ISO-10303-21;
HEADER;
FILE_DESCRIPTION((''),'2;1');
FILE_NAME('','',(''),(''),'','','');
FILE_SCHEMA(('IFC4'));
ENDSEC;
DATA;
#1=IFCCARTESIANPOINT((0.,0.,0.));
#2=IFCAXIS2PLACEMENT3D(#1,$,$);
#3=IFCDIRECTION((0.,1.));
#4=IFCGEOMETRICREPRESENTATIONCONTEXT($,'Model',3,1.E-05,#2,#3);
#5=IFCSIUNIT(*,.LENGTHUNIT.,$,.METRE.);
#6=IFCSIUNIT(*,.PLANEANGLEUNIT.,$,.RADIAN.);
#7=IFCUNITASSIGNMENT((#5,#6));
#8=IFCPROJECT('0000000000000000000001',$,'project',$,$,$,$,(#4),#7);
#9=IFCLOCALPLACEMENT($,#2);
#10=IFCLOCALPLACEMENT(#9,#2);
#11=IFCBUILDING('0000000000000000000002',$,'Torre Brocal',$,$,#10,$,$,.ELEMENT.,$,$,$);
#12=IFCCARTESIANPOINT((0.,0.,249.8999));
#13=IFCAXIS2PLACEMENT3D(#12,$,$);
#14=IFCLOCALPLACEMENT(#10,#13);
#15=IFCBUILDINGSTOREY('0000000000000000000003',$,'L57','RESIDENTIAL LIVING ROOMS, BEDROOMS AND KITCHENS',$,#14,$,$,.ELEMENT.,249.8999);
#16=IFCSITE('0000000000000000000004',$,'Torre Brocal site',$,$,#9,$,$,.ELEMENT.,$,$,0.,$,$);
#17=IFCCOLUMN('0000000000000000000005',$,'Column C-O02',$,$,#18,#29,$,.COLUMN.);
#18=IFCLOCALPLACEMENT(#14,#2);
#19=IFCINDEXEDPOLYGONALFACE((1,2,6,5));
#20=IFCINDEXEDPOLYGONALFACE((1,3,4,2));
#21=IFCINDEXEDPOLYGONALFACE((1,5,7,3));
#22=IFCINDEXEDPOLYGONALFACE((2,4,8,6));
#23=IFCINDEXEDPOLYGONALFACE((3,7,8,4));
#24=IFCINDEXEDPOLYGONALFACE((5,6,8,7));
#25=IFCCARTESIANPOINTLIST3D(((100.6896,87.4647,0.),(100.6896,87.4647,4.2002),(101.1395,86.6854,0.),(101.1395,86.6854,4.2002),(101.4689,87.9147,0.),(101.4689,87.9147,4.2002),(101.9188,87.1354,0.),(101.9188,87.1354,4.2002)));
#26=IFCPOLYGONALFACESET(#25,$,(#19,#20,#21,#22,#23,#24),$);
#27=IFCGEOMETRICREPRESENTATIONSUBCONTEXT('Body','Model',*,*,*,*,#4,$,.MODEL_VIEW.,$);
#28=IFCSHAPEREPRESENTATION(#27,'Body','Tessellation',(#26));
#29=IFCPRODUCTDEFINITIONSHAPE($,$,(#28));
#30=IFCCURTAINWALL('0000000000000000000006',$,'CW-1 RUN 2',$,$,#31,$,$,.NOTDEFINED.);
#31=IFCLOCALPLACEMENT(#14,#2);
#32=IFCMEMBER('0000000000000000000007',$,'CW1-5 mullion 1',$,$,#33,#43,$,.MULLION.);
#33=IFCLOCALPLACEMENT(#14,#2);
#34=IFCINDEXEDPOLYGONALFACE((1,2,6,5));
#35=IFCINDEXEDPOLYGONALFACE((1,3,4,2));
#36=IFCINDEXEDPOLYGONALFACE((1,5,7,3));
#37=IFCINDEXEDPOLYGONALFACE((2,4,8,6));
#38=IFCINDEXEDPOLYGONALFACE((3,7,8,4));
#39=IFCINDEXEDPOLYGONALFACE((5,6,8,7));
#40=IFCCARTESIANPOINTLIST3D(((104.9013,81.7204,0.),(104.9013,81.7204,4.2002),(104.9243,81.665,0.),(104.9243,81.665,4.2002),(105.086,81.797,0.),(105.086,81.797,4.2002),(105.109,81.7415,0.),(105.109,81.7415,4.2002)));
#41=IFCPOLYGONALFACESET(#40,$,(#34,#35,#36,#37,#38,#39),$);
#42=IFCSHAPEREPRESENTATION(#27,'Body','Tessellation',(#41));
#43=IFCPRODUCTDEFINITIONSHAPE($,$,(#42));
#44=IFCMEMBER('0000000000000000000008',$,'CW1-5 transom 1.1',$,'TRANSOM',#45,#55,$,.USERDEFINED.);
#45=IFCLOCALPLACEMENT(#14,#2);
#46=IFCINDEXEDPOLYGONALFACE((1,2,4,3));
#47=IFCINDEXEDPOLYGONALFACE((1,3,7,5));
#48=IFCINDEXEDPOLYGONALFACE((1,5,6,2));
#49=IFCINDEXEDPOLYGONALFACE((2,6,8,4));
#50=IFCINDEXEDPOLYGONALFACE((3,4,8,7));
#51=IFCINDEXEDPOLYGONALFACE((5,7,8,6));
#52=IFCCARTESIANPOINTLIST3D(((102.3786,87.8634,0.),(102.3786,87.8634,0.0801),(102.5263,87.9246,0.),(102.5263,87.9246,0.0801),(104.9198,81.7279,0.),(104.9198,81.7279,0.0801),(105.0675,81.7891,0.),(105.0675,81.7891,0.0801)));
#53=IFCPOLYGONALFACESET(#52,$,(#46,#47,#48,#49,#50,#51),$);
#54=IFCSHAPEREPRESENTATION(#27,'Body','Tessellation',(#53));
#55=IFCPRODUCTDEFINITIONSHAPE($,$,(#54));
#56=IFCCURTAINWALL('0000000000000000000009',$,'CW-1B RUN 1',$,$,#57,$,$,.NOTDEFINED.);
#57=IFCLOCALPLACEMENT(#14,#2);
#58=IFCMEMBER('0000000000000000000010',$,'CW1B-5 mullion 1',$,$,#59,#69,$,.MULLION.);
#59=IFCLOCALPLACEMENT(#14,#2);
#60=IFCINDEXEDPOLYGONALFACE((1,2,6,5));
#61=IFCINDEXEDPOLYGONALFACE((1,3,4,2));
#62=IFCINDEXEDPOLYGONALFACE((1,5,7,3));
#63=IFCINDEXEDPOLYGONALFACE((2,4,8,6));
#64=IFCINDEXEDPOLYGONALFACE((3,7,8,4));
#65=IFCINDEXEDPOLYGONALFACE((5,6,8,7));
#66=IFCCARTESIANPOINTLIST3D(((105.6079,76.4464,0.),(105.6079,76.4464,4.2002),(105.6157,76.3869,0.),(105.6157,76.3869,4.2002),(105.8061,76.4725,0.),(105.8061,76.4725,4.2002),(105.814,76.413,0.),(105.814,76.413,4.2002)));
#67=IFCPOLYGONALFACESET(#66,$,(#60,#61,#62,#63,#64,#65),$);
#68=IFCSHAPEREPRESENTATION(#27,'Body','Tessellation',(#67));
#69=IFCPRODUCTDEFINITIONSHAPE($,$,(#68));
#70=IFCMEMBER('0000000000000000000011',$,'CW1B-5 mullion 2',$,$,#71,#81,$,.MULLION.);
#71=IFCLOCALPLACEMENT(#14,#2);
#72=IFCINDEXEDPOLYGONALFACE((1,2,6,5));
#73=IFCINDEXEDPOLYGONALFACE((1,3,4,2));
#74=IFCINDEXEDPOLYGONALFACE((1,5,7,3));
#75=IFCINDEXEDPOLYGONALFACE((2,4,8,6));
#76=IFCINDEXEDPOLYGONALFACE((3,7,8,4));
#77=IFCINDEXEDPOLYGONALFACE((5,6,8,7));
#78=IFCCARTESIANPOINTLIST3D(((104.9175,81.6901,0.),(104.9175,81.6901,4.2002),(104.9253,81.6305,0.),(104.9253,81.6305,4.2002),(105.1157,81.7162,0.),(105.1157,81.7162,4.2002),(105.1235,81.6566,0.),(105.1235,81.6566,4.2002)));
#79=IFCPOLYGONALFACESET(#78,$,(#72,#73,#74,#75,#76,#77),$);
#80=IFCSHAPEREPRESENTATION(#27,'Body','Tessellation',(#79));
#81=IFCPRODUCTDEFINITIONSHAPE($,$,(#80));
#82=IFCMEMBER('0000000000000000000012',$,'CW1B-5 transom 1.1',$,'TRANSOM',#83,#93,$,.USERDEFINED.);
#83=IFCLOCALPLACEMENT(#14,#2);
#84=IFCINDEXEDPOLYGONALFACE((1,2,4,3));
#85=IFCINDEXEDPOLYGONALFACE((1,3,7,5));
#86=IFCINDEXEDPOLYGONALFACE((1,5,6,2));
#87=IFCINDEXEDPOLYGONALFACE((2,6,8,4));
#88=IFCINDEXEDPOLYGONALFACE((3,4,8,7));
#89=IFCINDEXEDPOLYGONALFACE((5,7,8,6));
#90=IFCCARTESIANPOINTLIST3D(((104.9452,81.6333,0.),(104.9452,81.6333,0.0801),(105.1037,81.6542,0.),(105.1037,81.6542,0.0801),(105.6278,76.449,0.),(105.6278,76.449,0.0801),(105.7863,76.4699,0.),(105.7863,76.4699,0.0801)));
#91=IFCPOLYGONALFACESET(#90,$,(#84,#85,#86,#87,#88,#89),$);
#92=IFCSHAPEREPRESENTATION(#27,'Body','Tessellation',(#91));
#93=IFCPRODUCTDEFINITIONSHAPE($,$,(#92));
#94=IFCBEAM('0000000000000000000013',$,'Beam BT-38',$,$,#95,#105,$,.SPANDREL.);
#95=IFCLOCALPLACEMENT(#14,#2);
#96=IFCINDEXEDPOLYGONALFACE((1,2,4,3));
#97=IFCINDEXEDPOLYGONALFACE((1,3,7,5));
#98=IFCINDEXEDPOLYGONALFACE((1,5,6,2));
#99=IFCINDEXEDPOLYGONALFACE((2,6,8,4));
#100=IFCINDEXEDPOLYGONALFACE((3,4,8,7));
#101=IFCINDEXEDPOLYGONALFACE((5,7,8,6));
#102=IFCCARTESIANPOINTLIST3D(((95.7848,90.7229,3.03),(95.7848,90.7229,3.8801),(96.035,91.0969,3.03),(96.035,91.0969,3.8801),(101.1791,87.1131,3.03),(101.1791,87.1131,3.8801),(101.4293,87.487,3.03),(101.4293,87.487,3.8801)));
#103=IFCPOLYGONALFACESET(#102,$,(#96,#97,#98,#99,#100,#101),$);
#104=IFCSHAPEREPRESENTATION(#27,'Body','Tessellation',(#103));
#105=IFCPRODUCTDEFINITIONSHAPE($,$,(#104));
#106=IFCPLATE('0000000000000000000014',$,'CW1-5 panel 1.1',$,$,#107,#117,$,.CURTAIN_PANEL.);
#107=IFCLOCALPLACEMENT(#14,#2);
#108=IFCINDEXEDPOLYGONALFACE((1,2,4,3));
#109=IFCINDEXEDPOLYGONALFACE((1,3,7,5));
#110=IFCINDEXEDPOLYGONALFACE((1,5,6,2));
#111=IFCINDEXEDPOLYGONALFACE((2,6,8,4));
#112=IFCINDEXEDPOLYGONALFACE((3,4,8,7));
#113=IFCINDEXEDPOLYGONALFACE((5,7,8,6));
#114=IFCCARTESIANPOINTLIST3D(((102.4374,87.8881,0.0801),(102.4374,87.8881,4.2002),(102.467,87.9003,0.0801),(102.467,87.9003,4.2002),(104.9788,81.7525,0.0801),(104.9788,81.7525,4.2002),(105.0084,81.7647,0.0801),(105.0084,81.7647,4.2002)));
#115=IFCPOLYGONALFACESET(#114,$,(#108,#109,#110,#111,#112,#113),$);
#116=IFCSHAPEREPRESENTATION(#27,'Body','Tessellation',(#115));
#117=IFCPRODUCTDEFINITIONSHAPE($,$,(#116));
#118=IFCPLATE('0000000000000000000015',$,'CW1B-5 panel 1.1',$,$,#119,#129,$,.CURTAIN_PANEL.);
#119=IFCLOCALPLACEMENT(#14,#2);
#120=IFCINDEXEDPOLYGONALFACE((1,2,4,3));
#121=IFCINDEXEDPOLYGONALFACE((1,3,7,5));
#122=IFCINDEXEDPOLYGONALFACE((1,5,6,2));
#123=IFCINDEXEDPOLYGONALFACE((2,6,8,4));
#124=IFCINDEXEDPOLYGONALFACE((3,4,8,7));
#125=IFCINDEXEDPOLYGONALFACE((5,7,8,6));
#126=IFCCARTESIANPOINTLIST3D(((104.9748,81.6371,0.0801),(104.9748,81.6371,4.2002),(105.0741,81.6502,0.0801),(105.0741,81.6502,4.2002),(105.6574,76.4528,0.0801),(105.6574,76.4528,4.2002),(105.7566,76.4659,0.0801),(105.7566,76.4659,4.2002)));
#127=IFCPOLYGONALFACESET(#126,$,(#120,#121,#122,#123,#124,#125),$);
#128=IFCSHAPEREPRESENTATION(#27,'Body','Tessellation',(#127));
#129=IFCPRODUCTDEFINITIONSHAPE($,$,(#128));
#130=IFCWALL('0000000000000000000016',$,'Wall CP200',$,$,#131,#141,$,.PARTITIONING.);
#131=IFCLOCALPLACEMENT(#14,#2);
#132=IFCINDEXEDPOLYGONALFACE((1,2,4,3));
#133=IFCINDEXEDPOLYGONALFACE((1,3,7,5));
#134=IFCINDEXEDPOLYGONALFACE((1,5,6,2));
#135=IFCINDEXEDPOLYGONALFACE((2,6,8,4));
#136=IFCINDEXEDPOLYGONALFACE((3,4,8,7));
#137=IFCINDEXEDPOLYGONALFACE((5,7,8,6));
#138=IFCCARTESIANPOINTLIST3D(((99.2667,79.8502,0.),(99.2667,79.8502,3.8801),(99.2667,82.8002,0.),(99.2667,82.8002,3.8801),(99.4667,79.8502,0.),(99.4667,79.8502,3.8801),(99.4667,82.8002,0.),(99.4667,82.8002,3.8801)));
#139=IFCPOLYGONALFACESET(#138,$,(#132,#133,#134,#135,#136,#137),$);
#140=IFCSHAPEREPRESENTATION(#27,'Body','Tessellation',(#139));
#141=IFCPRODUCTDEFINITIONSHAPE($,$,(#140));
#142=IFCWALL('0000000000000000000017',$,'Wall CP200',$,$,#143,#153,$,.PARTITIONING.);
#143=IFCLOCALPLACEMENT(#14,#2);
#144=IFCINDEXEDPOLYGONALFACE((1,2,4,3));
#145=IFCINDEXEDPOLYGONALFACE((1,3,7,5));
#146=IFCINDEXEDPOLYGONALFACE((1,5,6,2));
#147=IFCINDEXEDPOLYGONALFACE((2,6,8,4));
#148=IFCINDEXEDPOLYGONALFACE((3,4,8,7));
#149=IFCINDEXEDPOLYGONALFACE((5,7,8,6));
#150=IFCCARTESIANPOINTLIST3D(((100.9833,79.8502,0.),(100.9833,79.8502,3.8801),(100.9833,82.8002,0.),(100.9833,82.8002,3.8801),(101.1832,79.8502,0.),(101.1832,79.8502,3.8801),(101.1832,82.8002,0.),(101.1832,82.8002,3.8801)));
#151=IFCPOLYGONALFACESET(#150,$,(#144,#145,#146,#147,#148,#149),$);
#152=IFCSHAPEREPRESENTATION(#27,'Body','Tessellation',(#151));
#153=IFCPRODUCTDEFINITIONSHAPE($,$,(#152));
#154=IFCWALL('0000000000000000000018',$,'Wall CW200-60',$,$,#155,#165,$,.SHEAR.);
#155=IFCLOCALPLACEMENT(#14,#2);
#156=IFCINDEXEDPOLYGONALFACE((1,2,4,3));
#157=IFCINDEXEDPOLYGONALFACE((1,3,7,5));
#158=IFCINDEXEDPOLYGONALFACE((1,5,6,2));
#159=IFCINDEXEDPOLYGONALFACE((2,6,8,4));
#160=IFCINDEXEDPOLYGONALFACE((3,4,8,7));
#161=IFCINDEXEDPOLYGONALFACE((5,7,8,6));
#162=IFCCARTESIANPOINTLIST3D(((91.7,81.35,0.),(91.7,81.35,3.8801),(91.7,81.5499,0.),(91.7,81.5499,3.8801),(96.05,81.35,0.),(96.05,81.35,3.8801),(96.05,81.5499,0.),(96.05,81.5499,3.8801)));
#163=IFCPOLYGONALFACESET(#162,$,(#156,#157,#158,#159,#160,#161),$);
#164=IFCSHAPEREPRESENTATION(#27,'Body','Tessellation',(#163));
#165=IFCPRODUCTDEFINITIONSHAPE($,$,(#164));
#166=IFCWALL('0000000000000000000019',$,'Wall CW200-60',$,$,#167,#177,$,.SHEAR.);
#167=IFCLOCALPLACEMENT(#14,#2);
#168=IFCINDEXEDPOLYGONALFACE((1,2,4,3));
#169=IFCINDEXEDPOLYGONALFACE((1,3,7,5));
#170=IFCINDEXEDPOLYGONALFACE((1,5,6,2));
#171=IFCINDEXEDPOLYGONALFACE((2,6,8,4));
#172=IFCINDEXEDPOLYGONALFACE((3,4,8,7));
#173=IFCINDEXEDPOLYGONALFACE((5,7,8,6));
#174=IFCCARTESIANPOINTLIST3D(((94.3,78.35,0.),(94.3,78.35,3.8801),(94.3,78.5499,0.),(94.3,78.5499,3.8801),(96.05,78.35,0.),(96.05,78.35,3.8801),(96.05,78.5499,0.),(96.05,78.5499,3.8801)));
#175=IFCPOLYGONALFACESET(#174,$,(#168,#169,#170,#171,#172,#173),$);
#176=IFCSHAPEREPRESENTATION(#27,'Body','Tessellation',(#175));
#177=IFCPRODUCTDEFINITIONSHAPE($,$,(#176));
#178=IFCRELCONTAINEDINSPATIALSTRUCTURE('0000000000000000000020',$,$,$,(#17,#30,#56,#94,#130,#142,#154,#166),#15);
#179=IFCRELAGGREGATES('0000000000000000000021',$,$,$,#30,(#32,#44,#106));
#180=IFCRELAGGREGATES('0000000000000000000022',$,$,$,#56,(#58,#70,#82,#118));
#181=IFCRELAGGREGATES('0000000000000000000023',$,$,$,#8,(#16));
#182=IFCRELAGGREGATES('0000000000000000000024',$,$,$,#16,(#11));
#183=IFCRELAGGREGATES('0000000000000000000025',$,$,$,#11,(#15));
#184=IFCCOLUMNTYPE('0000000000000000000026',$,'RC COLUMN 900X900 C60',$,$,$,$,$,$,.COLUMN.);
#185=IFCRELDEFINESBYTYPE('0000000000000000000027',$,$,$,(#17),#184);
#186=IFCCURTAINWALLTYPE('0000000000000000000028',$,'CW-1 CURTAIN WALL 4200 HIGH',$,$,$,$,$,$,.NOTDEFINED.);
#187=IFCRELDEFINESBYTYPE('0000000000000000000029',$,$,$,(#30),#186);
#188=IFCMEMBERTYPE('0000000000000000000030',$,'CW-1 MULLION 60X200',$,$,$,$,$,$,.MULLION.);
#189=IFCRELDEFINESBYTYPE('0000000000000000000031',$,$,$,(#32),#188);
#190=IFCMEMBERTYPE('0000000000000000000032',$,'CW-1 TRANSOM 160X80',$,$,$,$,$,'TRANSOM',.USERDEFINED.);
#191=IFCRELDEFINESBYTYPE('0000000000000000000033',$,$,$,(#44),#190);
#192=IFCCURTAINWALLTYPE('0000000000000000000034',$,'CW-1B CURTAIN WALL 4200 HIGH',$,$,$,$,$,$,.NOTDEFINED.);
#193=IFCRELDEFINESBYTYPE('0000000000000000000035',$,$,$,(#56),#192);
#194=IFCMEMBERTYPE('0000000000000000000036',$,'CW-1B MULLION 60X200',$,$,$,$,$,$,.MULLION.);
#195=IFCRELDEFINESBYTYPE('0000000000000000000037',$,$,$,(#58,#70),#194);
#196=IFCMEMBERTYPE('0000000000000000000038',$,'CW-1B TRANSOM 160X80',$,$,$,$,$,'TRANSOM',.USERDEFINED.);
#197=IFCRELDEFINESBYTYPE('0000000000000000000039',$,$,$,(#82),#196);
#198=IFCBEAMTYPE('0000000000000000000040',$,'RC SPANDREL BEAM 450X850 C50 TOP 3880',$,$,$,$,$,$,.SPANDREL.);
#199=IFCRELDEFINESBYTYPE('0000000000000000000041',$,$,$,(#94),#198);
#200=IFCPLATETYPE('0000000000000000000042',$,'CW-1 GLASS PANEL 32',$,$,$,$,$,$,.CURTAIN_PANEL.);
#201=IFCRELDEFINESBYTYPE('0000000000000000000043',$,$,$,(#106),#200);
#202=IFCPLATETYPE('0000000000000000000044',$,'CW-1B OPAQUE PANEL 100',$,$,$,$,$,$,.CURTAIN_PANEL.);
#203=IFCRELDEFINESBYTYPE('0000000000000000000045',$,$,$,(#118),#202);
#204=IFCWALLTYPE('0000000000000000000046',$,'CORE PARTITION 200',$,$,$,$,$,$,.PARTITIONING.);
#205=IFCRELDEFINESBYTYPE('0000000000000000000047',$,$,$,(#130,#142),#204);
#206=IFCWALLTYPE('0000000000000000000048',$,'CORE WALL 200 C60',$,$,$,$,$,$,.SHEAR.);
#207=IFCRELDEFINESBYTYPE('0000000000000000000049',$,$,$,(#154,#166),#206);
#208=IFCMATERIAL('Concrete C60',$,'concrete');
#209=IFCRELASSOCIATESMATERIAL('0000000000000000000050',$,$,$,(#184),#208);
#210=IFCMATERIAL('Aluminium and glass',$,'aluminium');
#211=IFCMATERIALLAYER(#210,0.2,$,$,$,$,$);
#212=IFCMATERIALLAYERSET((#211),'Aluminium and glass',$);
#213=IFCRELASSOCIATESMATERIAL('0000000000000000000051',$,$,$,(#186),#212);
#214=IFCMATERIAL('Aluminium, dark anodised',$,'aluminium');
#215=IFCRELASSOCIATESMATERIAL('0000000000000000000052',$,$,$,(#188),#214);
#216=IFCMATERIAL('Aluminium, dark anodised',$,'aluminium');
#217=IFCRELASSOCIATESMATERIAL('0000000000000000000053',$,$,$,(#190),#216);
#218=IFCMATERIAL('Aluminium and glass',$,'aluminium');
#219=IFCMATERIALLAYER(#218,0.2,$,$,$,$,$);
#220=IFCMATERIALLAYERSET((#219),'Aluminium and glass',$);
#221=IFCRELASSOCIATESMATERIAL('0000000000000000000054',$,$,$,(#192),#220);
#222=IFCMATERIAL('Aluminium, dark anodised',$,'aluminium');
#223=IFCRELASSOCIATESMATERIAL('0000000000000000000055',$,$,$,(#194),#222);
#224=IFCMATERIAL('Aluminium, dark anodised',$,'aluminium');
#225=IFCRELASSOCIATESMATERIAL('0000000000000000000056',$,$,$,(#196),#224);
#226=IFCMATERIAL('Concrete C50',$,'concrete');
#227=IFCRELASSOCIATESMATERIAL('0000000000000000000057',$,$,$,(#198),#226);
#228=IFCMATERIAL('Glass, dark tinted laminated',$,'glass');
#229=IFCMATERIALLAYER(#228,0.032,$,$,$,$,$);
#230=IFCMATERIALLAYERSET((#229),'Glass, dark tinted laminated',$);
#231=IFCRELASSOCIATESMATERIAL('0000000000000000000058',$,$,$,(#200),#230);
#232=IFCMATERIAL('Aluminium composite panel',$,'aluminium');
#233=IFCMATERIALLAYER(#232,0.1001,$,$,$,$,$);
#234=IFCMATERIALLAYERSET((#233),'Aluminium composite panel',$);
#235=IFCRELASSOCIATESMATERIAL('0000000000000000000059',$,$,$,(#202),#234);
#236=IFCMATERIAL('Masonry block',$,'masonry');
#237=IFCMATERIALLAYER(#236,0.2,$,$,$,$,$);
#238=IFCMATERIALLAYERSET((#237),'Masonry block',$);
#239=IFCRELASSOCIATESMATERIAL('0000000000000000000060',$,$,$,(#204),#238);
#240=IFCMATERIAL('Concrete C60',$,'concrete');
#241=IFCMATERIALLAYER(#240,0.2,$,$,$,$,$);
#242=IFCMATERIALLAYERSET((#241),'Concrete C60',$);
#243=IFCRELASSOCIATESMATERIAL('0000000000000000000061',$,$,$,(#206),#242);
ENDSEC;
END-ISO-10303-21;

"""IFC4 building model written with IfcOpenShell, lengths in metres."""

from ifc_helpers import new_model, si_unit, direction, frame, frame_2d, origin, origin_2d, place, context, subcontext, project, spatial, rectangle, extrude, material, layer, layer_set, material_profile, profile_set, type_object, element, aggregate, save


model = new_model("IFC4")

# Units and contexts
model_context = context("Model", 3, precision=1e-05, world=origin(), true_north=direction((0.0, 1.0)))
body_context = subcontext(model_context, "Body", "Model", "MODEL_VIEW")
ifc_project = project(units=[si_unit("LENGTHUNIT", "METRE"), si_unit("PLANEANGLEUNIT", "RADIAN")], contexts=[model_context])

# Site, building, storey
site_placement = place(None, origin())
site = spatial("IfcSite", under=ifc_project, at=site_placement, Name="Torre Brocal site", CompositionType="ELEMENT", RefElevation=0.0)
building_placement = place(site_placement, origin())
building = spatial("IfcBuilding", under=site, at=building_placement, Name="Torre Brocal", CompositionType="ELEMENT")
storey_placement = place(building_placement, frame((0.0, 0.0, 249.8999)))
storey = spatial("IfcBuildingStorey", under=building, at=storey_placement, Name="L57", Description="RESIDENTIAL LIVING ROOMS, BEDROOMS AND KITCHENS", CompositionType="ELEMENT", Elevation=249.8999)

# Column
ifc_material_1 = material(Name="Concrete C60", Category="concrete")
ifc_material_profile_1 = material_profile(ifc_material_1, rectangle(XDim=0.8999, YDim=0.8999, at=origin_2d()), Name="RC 900X900")
ifc_profile_set_1 = profile_set([ifc_material_profile_1], Name="Concrete C60")
column_type = type_object("IfcColumnType", Name="RC COLUMN 900X900 C60", PredefinedType="COLUMN", material=ifc_profile_set_1)
column_placement = place(storey_placement, frame((101.3042, 87.3, 0.0), z_axis=(0.0, 0.0, 1.0), x_axis=(0.866025, 0.5, 0.0)))
element("IfcColumn", 1, at=column_placement, inside=storey, type_object=column_type, Name="Column C-O02", PredefinedType="COLUMN", context=body_context, shape_type="SweptSolid", body=[
    extrude(rectangle(XDim=0.8999, YDim=0.8999, at=origin_2d()), origin(), (0.0, 0.0, 1.0), 4.2002),
])

# Curtain walls, members
ifc_material_2 = material(Name="Aluminium and glass", Category="aluminium")
ifc_layer_1 = layer(ifc_material_2, 0.2)
ifc_layer_set_1 = layer_set([ifc_layer_1], Name="Aluminium and glass")
curtain_wall_type_1 = type_object("IfcCurtainWallType", Name="CW-1 CURTAIN WALL 4200 HIGH", PredefinedType="NOTDEFINED", material=ifc_layer_set_1)
curtain_wall_1_placement = place(storey_placement, origin())
curtain_wall_1 = element("IfcCurtainWall", 2, at=curtain_wall_1_placement, inside=storey, type_object=curtain_wall_type_1, Name="CW-1 RUN 2", PredefinedType="NOTDEFINED")
ifc_material_3 = material(Name="Aluminium, dark anodised", Category="aluminium")
ifc_material_profile_2 = material_profile(ifc_material_3, rectangle(XDim=0.2, YDim=0.0601, at=origin_2d()), Name="CW-1 MULLION 60X200")
ifc_profile_set_2 = profile_set([ifc_material_profile_2], Name="Aluminium, dark anodised")
member_type_1 = type_object("IfcMemberType", Name="CW-1 MULLION 60X200", PredefinedType="MULLION", material=ifc_profile_set_2)
member_1_placement = place(storey_placement, frame((105.0051, 81.731, 0.0), z_axis=(0.0, 0.0, 1.0), x_axis=(-0.92388, -0.382683, 0.0)))
member_1 = element("IfcMember", 3, at=member_1_placement, type_object=member_type_1, Name="CW1-5 mullion 1", PredefinedType="MULLION", context=body_context, shape_type="SweptSolid", body=[
    extrude(rectangle(XDim=0.2, YDim=0.0601, at=origin_2d()), origin(), (0.0, 0.0, 1.0), 4.2002),
])
ifc_material_4 = material(Name="Aluminium, dark anodised", Category="aluminium")
ifc_material_profile_3 = material_profile(ifc_material_4, rectangle(XDim=0.1599, YDim=0.0801, at=origin_2d()), Name="CW-1 TRANSOM 160X80")
ifc_profile_set_3 = profile_set([ifc_material_profile_3], Name="Aluminium, dark anodised")
member_type_2 = type_object("IfcMemberType", Name="CW-1 TRANSOM 160X80", ElementType="TRANSOM", PredefinedType="USERDEFINED", material=ifc_profile_set_3)
member_2_placement = place(storey_placement, frame((104.9937, 81.7585, 0.04), z_axis=(-0.382665, 0.923887, 0.0), x_axis=(-0.923887, -0.382665, 0.0)))
member_2 = element("IfcMember", 4, at=member_2_placement, type_object=member_type_2, Name="CW1-5 transom 1.1", ObjectType="TRANSOM", PredefinedType="USERDEFINED", context=body_context, shape_type="SweptSolid", body=[
    extrude(rectangle(XDim=0.1599, YDim=0.0801, at=origin_2d()), origin(), (0.0, 0.0, 1.0), 6.6409),
])
ifc_material_5 = material(Name="Aluminium and glass", Category="aluminium")
ifc_layer_2 = layer(ifc_material_5, 0.2)
ifc_layer_set_2 = layer_set([ifc_layer_2], Name="Aluminium and glass")
curtain_wall_type_2 = type_object("IfcCurtainWallType", Name="CW-1B CURTAIN WALL 4200 HIGH", PredefinedType="NOTDEFINED", material=ifc_layer_set_2)
curtain_wall_2_placement = place(storey_placement, origin())
curtain_wall_2 = element("IfcCurtainWall", 5, at=curtain_wall_2_placement, inside=storey, type_object=curtain_wall_type_2, Name="CW-1B RUN 1", PredefinedType="NOTDEFINED")
ifc_material_6 = material(Name="Aluminium, dark anodised", Category="aluminium")
ifc_material_profile_4 = material_profile(ifc_material_6, rectangle(XDim=0.2, YDim=0.0601, at=origin_2d()), Name="CW-1B MULLION 60X200")
ifc_profile_set_4 = profile_set([ifc_material_profile_4], Name="Aluminium, dark anodised")
member_type_3 = type_object("IfcMemberType", Name="CW-1B MULLION 60X200", PredefinedType="MULLION", material=ifc_profile_set_4)
member_3_placement = place(storey_placement, frame((105.7109, 76.4297, 0.0), z_axis=(0.0, 0.0, 1.0), x_axis=(-0.991445, -0.130526, 0.0)))
member_3 = element("IfcMember", 6, at=member_3_placement, type_object=member_type_3, Name="CW1B-5 mullion 1", PredefinedType="MULLION", context=body_context, shape_type="SweptSolid", body=[
    extrude(rectangle(XDim=0.2, YDim=0.0601, at=origin_2d()), origin(), (0.0, 0.0, 1.0), 4.2002),
])
member_4_placement = place(storey_placement, frame((105.0205, 81.6733, 0.0), z_axis=(0.0, 0.0, 1.0), x_axis=(-0.991445, -0.130526, 0.0)))
member_4 = element("IfcMember", 7, at=member_4_placement, type_object=member_type_3, Name="CW1B-5 mullion 2", PredefinedType="MULLION", context=body_context, shape_type="SweptSolid", body=[
    extrude(rectangle(XDim=0.2, YDim=0.0601, at=origin_2d()), origin(), (0.0, 0.0, 1.0), 4.2002),
])
ifc_material_7 = material(Name="Aluminium, dark anodised", Category="aluminium")
ifc_material_profile_5 = material_profile(ifc_material_7, rectangle(XDim=0.1599, YDim=0.0801, at=origin_2d()), Name="CW-1B TRANSOM 160X80")
ifc_profile_set_5 = profile_set([ifc_material_profile_5], Name="Aluminium, dark anodised")
member_type_4 = type_object("IfcMemberType", Name="CW-1B TRANSOM 160X80", ElementType="TRANSOM", PredefinedType="USERDEFINED", material=ifc_profile_set_5)
member_5_placement = place(storey_placement, frame((105.707, 76.4595, 0.04), z_axis=(-0.130543, 0.991443, 0.0), x_axis=(-0.991443, -0.130543, 0.0)))
member_5 = element("IfcMember", 8, at=member_5_placement, type_object=member_type_4, Name="CW1B-5 transom 1.1", ObjectType="TRANSOM", PredefinedType="USERDEFINED", context=body_context, shape_type="SweptSolid", body=[
    extrude(rectangle(XDim=0.1599, YDim=0.0801, at=origin_2d()), origin(), (0.0, 0.0, 1.0), 5.229),
])

# Beam
ifc_material_8 = material(Name="Concrete C50", Category="concrete")
ifc_material_profile_6 = material_profile(ifc_material_8, rectangle(XDim=0.45, YDim=0.8501, at=origin_2d()), Name="RC 450X850")
ifc_profile_set_6 = profile_set([ifc_material_profile_6], Name="Concrete C50")
beam_type = type_object("IfcBeamType", Name="RC SPANDREL BEAM 450X850 C50 TOP 3880", PredefinedType="SPANDREL", material=ifc_profile_set_6)
beam_placement = place(storey_placement, frame((101.3042, 87.3, 3.4551), z_axis=(-0.831077, 0.556158, 0.0), x_axis=(-0.556158, -0.831077, 0.0)))
element("IfcBeam", 9, at=beam_placement, inside=storey, type_object=beam_type, Name="Beam BT-38", PredefinedType="SPANDREL", context=body_context, shape_type="SweptSolid", body=[
    extrude(rectangle(XDim=0.45, YDim=0.8501, at=origin_2d()), origin(), (0.0, 0.0, 1.0), 6.4907),
])

# Plates
ifc_material_9 = material(Name="Glass, dark tinted laminated", Category="glass")
ifc_layer_3 = layer(ifc_material_9, 0.032)
ifc_layer_set_3 = layer_set([ifc_layer_3], Name="Glass, dark tinted laminated")
plate_type_1 = type_object("IfcPlateType", Name="CW-1 GLASS PANEL 32", PredefinedType="CURTAIN_PANEL", material=ifc_layer_set_3)
plate_1_placement = place(storey_placement, frame((103.7229, 84.8264, 0.0801), z_axis=(0.0, 0.0, 1.0), x_axis=(-0.382683, 0.92388, 0.0)))
plate_1 = element("IfcPlate", 10, at=plate_1_placement, type_object=plate_type_1, Name="CW1-5 panel 1.1", PredefinedType="CURTAIN_PANEL", context=body_context, shape_type="SweptSolid", body=[
    extrude(rectangle(XDim=6.6411, YDim=0.032, at=origin_2d()), origin(), (0.0, 0.0, 1.0), 4.1201),
])
aggregate(curtain_wall_1, [member_1, member_2, plate_1])
ifc_material_10 = material(Name="Aluminium composite panel", Category="aluminium")
ifc_layer_4 = layer(ifc_material_10, 0.1001)
ifc_layer_set_4 = layer_set([ifc_layer_4], Name="Aluminium composite panel")
plate_type_2 = type_object("IfcPlateType", Name="CW-1B OPAQUE PANEL 100", PredefinedType="CURTAIN_PANEL", material=ifc_layer_set_4)
plate_2_placement = place(storey_placement, frame((105.3657, 79.0515, 0.0801), z_axis=(0.0, 0.0, 1.0), x_axis=(-0.130526, 0.991445, 0.0)))
plate_2 = element("IfcPlate", 11, at=plate_2_placement, type_object=plate_type_2, Name="CW1B-5 panel 1.1", PredefinedType="CURTAIN_PANEL", context=body_context, shape_type="SweptSolid", body=[
    extrude(rectangle(XDim=5.229, YDim=0.1001, at=origin_2d()), origin(), (0.0, 0.0, 1.0), 4.1201),
])
aggregate(curtain_wall_2, [member_3, member_4, member_5, plate_2])

# Walls
ifc_material_11 = material(Name="Masonry block", Category="masonry")
ifc_layer_5 = layer(ifc_material_11, 0.2)
ifc_layer_set_5 = layer_set([ifc_layer_5], Name="Masonry block")
wall_type_1 = type_object("IfcWallType", Name="CORE PARTITION 200", PredefinedType="PARTITIONING", material=ifc_layer_set_5)
for number, where, z_axis, x_axis, name in (
    (12, (99.3667, 79.8501, 0.0), (0.0, 0.0, 1.0), (0.0, 1.0, 0.0), "Wall CP200"),
    (13, (101.0833, 79.8501, 0.0), (0.0, 0.0, 1.0), (0.0, 1.0, 0.0), "Wall CP200"),
):
    element("IfcWall", number, at=place(storey_placement, frame(where, z_axis=z_axis, x_axis=x_axis)), inside=storey, type_object=wall_type_1, Name=name, PredefinedType="PARTITIONING", context=body_context, shape_type="SweptSolid", body=[
        extrude(rectangle(XDim=2.95, YDim=0.2, at=frame_2d((1.4751, 0.0))), origin(), (0.0, 0.0, 1.0), 3.8801),
    ])
ifc_material_12 = material(Name="Concrete C60", Category="concrete")
ifc_layer_6 = layer(ifc_material_12, 0.2)
ifc_layer_set_6 = layer_set([ifc_layer_6], Name="Concrete C60")
wall_type_2 = type_object("IfcWallType", Name="CORE WALL 200 C60", PredefinedType="SHEAR", material=ifc_layer_set_6)
wall_1_placement = place(storey_placement, frame((91.7, 81.45, 0.0), z_axis=(0.0, 0.0, 1.0), x_axis=(1.0, 0.0, 0.0)))
element("IfcWall", 14, at=wall_1_placement, inside=storey, type_object=wall_type_2, Name="Wall CW200-60", PredefinedType="SHEAR", context=body_context, shape_type="SweptSolid", body=[
    extrude(rectangle(XDim=4.3501, YDim=0.2, at=frame_2d((2.175, 0.0))), origin(), (0.0, 0.0, 1.0), 3.8801),
])
wall_2_placement = place(storey_placement, frame((94.3, 78.45, 0.0), z_axis=(0.0, 0.0, 1.0), x_axis=(1.0, 0.0, 0.0)))
element("IfcWall", 15, at=wall_2_placement, inside=storey, type_object=wall_type_2, Name="Wall CW200-60", PredefinedType="SHEAR", context=body_context, shape_type="SweptSolid", body=[
    extrude(rectangle(XDim=1.75, YDim=0.2, at=frame_2d((0.875, 0.0))), origin(), (0.0, 0.0, 1.0), 3.8801),
])

save(model, "model.ifc")
